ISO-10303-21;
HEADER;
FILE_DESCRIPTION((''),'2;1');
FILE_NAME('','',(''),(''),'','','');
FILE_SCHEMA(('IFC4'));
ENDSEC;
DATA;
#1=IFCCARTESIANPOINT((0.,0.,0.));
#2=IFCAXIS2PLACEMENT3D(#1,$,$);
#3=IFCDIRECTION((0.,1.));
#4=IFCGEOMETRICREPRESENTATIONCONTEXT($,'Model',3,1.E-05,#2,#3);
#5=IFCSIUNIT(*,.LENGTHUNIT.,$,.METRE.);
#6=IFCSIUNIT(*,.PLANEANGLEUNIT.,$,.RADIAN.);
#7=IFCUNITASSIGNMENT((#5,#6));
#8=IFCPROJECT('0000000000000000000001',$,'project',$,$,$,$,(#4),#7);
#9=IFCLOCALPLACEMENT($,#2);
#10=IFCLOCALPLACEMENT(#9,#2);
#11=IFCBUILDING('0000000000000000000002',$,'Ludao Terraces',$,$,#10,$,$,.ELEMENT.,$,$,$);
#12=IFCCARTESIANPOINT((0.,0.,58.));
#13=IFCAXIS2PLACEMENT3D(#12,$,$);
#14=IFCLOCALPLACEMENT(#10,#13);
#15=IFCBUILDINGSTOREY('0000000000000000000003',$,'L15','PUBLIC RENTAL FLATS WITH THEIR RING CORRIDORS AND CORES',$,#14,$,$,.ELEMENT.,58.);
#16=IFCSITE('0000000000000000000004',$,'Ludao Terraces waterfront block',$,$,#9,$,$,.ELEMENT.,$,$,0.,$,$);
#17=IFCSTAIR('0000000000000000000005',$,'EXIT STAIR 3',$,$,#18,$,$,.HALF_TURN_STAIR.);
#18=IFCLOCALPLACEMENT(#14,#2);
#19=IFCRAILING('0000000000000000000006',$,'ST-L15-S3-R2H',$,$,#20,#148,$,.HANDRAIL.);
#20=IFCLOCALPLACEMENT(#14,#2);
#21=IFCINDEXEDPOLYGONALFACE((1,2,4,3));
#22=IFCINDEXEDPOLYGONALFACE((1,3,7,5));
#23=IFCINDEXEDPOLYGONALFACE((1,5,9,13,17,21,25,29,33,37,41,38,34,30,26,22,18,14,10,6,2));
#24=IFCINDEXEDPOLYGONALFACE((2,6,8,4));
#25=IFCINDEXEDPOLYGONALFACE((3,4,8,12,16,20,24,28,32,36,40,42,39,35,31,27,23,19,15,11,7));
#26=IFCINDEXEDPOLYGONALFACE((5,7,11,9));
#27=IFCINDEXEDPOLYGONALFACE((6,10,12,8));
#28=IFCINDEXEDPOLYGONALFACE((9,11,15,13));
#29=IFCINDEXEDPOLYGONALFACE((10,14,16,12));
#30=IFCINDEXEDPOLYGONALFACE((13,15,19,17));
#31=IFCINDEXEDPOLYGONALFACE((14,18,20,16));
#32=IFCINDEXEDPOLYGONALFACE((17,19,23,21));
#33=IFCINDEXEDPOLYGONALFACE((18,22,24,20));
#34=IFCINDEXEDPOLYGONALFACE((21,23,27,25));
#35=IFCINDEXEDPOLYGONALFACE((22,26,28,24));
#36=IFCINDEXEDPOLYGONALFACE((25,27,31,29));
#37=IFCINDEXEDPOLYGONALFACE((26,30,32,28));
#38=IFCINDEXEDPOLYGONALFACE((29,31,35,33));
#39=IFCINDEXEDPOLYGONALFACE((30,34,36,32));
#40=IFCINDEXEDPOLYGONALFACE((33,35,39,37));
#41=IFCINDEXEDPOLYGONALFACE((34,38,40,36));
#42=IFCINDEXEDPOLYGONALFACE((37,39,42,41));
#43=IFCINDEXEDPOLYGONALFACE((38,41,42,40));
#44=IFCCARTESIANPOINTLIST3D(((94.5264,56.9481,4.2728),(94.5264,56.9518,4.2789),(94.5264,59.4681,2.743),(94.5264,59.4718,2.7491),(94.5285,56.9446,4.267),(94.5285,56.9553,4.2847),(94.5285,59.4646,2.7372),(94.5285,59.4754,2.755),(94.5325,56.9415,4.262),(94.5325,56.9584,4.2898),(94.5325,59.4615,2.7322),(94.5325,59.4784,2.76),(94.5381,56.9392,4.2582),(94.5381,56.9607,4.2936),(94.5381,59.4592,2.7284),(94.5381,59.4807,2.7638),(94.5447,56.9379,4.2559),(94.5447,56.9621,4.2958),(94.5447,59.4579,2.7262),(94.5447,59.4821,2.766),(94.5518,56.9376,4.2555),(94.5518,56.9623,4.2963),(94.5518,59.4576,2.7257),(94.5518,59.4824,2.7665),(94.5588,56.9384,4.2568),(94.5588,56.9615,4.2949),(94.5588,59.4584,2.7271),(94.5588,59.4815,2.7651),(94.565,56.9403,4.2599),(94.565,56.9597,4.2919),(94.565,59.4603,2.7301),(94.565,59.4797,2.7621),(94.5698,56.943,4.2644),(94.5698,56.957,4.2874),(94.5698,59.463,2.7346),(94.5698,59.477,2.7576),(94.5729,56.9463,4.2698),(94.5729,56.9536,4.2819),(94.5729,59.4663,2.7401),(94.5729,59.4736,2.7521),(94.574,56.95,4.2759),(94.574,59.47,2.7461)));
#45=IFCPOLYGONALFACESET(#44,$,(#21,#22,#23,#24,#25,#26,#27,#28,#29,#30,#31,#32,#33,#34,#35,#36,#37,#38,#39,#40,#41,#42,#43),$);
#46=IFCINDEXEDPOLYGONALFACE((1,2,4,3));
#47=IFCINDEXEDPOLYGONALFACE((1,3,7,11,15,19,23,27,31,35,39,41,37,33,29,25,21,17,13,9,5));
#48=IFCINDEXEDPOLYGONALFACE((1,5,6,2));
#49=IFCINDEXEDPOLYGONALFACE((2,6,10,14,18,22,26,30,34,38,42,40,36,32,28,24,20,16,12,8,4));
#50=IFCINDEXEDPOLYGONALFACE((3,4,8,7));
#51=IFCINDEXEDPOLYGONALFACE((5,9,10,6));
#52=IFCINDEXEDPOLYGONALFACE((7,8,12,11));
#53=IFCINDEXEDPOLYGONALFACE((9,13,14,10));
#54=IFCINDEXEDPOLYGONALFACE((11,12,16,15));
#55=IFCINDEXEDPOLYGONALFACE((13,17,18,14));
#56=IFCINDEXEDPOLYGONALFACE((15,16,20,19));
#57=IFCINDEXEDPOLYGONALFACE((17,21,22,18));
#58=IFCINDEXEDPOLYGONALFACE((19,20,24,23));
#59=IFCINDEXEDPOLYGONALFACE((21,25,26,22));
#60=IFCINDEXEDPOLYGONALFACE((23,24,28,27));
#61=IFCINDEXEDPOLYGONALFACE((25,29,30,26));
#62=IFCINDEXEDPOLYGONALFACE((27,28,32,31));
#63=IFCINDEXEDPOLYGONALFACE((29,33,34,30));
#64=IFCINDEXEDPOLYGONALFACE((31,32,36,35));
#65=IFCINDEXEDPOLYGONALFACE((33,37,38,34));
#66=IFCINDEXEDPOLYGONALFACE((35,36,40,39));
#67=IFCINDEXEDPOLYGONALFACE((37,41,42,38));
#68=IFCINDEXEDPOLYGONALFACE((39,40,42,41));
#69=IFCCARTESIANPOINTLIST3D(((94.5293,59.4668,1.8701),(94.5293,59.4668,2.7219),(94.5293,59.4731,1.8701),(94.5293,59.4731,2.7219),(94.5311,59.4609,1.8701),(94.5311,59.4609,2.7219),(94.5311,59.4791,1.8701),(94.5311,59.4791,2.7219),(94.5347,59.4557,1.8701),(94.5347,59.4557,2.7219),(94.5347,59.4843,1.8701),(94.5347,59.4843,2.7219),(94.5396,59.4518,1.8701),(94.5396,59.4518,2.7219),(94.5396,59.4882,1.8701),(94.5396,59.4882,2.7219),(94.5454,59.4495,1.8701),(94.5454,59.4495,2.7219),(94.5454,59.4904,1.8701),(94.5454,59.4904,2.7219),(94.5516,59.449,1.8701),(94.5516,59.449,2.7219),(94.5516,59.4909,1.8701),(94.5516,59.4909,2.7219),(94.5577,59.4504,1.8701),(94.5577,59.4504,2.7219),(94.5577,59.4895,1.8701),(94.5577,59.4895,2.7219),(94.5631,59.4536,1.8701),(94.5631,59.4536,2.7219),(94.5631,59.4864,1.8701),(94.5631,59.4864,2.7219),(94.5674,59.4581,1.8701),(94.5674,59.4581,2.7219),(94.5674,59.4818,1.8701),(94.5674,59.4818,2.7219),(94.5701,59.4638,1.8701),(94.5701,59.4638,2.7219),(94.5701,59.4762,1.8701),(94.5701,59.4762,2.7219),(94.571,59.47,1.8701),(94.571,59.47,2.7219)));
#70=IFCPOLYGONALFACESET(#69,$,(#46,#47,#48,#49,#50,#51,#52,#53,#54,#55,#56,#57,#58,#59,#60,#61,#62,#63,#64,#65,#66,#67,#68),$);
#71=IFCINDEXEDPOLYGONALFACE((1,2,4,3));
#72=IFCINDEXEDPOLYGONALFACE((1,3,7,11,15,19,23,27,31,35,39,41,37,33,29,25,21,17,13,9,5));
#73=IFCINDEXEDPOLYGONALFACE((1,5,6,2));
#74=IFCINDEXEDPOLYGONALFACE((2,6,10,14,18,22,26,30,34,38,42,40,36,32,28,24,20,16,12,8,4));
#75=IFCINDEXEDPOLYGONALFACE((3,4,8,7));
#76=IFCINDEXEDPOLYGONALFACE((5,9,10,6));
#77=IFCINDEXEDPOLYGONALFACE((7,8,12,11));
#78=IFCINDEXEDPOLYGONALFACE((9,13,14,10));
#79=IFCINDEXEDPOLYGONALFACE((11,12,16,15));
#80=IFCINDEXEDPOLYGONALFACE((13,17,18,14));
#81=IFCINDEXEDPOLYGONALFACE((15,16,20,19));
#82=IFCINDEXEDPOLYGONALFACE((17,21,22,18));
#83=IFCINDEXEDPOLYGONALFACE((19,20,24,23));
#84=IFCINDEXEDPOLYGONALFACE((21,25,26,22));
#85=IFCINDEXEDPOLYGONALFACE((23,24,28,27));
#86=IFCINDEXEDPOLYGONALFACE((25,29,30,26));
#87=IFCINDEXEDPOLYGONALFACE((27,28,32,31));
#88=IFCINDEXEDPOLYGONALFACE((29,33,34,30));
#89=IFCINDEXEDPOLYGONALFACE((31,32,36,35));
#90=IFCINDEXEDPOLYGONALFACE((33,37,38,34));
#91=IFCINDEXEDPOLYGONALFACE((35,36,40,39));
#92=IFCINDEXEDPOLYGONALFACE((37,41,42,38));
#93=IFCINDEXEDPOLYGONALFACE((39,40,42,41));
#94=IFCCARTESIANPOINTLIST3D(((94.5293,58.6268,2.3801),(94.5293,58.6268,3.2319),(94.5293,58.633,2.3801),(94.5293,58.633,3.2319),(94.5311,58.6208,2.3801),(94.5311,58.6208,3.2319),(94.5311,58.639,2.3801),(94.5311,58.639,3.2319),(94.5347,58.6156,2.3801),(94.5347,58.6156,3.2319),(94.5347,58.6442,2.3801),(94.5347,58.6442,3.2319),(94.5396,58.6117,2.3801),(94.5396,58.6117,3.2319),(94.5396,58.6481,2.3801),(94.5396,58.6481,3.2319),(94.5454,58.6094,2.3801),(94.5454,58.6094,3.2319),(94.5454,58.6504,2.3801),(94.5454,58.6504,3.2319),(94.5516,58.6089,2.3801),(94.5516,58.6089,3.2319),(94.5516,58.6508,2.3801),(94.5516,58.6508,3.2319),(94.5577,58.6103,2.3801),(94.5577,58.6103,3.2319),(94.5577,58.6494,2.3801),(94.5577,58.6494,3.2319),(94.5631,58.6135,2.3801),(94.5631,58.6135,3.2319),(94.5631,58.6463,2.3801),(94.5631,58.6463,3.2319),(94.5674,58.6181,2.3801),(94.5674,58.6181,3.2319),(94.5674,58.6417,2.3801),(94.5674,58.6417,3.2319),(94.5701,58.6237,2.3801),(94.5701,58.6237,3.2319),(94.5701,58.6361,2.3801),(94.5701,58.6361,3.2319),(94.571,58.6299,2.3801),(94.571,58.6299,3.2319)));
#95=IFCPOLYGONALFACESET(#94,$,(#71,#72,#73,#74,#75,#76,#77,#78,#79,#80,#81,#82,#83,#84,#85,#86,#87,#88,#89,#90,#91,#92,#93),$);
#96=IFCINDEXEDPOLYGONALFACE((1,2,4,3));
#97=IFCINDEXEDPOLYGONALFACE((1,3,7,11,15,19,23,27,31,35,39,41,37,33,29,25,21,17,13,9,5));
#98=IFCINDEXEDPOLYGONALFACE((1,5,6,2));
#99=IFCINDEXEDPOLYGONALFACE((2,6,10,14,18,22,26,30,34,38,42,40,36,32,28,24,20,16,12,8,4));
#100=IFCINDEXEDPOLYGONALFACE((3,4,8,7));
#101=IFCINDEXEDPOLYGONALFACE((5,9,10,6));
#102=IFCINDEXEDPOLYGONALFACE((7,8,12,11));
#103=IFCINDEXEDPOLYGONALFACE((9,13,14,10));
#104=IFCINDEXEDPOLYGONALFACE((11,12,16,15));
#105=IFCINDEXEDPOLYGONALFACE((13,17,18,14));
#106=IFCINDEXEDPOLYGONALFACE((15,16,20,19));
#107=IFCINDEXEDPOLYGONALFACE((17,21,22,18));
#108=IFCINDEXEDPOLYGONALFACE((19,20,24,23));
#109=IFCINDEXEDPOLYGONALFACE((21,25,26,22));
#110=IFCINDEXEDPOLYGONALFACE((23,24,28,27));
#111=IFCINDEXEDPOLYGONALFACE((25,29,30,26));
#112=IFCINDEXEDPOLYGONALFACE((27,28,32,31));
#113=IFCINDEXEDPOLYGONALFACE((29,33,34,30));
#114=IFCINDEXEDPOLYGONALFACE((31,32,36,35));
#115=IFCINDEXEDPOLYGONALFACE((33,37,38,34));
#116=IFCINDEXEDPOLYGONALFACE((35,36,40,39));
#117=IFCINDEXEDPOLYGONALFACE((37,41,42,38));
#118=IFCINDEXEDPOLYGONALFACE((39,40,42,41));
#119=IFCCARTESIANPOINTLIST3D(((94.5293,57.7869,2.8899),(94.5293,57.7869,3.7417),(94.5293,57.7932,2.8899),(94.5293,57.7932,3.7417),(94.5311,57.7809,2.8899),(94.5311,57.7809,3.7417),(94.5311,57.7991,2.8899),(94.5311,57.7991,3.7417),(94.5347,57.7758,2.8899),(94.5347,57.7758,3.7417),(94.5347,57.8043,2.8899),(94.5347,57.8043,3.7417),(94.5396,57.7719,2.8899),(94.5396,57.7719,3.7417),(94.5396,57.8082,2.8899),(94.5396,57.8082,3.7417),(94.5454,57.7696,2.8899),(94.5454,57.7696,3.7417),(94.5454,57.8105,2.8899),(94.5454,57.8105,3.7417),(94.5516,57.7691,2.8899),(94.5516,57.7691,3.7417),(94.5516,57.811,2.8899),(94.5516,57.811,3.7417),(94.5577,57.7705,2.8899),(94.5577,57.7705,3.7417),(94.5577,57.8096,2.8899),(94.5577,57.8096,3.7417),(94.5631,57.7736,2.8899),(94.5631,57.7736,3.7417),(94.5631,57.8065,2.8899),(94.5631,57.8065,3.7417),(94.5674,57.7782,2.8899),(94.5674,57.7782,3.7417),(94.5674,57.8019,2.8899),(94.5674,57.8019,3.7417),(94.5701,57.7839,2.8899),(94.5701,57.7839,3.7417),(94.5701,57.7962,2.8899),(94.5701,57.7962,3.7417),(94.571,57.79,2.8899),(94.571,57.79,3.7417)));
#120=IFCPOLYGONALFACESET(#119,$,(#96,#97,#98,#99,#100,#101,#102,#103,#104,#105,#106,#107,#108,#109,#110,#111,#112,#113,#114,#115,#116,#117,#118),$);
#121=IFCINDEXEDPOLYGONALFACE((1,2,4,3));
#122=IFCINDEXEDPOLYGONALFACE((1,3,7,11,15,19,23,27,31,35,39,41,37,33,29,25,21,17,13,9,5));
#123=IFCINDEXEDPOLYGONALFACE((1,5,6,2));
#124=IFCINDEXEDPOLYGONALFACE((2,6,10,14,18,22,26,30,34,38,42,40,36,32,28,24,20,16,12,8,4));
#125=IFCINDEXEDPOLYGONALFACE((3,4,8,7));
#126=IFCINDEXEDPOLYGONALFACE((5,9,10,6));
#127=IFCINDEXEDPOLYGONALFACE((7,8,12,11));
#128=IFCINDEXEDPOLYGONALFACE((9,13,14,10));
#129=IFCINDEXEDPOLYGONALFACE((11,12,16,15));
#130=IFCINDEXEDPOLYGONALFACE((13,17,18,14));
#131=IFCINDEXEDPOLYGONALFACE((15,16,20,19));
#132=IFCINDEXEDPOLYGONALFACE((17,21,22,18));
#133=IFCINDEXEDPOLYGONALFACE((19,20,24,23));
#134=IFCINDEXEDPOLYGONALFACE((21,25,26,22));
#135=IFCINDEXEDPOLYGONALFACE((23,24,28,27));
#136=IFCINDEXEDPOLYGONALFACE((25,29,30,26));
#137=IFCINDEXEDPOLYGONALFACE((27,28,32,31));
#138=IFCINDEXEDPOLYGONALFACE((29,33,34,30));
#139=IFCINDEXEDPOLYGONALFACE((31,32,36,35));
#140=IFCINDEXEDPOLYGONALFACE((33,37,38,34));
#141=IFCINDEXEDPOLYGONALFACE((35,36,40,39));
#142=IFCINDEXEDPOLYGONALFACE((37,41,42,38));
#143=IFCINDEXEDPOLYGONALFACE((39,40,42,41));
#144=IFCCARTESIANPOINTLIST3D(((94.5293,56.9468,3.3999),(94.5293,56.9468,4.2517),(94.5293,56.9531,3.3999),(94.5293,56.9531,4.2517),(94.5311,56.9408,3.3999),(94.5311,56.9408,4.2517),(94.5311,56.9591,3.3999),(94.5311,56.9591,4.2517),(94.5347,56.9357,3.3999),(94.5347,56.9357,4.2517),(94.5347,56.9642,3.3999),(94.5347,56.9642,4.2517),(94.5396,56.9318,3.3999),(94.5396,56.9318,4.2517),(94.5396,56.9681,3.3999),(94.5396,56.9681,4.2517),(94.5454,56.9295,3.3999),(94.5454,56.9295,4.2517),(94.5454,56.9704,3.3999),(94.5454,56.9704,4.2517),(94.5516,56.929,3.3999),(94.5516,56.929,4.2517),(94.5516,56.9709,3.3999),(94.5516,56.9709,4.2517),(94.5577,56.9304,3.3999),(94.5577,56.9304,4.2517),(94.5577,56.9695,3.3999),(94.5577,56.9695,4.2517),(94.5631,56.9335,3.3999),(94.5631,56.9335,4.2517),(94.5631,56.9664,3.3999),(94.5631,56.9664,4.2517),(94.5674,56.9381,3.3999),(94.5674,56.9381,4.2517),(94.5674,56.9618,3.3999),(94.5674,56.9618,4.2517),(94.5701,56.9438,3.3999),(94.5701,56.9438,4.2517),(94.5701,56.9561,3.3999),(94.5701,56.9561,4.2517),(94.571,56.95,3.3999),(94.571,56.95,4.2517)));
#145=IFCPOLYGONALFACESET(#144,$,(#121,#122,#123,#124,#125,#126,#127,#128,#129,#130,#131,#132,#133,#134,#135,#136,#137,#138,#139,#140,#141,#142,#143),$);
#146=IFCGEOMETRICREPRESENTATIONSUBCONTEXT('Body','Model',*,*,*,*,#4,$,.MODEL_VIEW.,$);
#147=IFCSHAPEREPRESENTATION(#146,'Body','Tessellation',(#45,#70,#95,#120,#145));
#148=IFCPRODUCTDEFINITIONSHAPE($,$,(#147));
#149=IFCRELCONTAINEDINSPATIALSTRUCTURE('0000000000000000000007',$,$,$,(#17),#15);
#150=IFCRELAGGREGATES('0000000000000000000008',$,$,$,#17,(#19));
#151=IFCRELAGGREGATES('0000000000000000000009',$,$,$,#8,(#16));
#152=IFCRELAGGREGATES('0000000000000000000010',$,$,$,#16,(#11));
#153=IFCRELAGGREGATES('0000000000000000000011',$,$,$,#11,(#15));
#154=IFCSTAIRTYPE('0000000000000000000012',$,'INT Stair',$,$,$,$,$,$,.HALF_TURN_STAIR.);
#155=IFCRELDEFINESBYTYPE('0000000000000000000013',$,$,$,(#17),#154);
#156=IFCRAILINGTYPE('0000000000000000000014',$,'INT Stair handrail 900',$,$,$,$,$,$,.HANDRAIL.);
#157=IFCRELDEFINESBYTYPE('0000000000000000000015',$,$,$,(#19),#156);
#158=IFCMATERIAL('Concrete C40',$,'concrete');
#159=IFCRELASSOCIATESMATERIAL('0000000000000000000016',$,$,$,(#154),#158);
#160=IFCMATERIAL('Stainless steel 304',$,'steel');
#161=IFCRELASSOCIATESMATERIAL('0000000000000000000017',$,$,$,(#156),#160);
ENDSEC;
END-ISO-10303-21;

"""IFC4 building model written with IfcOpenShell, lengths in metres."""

from ifc_helpers import new_model, si_unit, direction, frame, origin, origin_2d, place, context, subcontext, project, spatial, circle, extrude, material, type_object, element, aggregate, save


model = new_model("IFC4")

# Units and contexts
model_context = context("Model", 3, precision=1e-05, world=origin(), true_north=direction((0.0, 1.0)))
body_context = subcontext(model_context, "Body", "Model", "MODEL_VIEW")
ifc_project = project(units=[si_unit("LENGTHUNIT", "METRE"), si_unit("PLANEANGLEUNIT", "RADIAN")], contexts=[model_context])

# Site, building, storey
site_placement = place(None, origin())
site = spatial("IfcSite", under=ifc_project, at=site_placement, Name="Ludao Terraces waterfront block", CompositionType="ELEMENT", RefElevation=0.0)
building_placement = place(site_placement, origin())
building = spatial("IfcBuilding", under=site, at=building_placement, Name="Ludao Terraces", CompositionType="ELEMENT")
storey_placement = place(building_placement, frame((0.0, 0.0, 58.0)))
storey = spatial("IfcBuildingStorey", under=building, at=storey_placement, Name="L15", Description="PUBLIC RENTAL FLATS WITH THEIR RING CORRIDORS AND CORES", CompositionType="ELEMENT", Elevation=58.0)

# Stair, railing
ifc_material_1 = material(Name="Concrete C40", Category="concrete")
stair_type = type_object("IfcStairType", Name="INT Stair", PredefinedType="HALF_TURN_STAIR", material=ifc_material_1)
stair_placement = place(storey_placement, origin())
stair = element("IfcStair", 1, at=stair_placement, inside=storey, type_object=stair_type, Name="EXIT STAIR 3", PredefinedType="HALF_TURN_STAIR")
ifc_material_2 = material(Name="Stainless steel 304", Category="steel")
railing_type_1 = type_object("IfcRailingType", Name="INT Stair handrail 900", PredefinedType="HANDRAIL", material=ifc_material_2)
railing_1_placement = place(storey_placement, frame((94.55, 59.47, 1.8701)))
railing_1 = element("IfcRailing", 2, at=railing_1_placement, type_object=railing_type_1, Name="ST-L15-S3-R2H", PredefinedType="HANDRAIL", context=body_context, shape_type="SweptSolid", body=[
    extrude(circle(Radius=0.0239, at=origin_2d()), frame((0.0, 0.0, 0.876), z_axis=(0.0, -0.854822, 0.518922), x_axis=(1.0, 0.0, 0.0)), (0.0, 0.0, 1.0), 2.948),
    extrude(circle(Radius=0.021, at=origin_2d()), origin(), (0.0, 0.0, 1.0), 0.8518),
    extrude(circle(Radius=0.021, at=origin_2d()), frame((0.0, -0.8401, 0.51)), (0.0, 0.0, 1.0), 0.8518),
    extrude(circle(Radius=0.021, at=origin_2d()), frame((0.0, -1.6799, 1.0198)), (0.0, 0.0, 1.0), 0.8518),
    extrude(circle(Radius=0.021, at=origin_2d()), frame((0.0, -2.52, 1.5298)), (0.0, 0.0, 1.0), 0.8518),
])
aggregate(stair, [railing_1])

save(model, "model.ifc")
